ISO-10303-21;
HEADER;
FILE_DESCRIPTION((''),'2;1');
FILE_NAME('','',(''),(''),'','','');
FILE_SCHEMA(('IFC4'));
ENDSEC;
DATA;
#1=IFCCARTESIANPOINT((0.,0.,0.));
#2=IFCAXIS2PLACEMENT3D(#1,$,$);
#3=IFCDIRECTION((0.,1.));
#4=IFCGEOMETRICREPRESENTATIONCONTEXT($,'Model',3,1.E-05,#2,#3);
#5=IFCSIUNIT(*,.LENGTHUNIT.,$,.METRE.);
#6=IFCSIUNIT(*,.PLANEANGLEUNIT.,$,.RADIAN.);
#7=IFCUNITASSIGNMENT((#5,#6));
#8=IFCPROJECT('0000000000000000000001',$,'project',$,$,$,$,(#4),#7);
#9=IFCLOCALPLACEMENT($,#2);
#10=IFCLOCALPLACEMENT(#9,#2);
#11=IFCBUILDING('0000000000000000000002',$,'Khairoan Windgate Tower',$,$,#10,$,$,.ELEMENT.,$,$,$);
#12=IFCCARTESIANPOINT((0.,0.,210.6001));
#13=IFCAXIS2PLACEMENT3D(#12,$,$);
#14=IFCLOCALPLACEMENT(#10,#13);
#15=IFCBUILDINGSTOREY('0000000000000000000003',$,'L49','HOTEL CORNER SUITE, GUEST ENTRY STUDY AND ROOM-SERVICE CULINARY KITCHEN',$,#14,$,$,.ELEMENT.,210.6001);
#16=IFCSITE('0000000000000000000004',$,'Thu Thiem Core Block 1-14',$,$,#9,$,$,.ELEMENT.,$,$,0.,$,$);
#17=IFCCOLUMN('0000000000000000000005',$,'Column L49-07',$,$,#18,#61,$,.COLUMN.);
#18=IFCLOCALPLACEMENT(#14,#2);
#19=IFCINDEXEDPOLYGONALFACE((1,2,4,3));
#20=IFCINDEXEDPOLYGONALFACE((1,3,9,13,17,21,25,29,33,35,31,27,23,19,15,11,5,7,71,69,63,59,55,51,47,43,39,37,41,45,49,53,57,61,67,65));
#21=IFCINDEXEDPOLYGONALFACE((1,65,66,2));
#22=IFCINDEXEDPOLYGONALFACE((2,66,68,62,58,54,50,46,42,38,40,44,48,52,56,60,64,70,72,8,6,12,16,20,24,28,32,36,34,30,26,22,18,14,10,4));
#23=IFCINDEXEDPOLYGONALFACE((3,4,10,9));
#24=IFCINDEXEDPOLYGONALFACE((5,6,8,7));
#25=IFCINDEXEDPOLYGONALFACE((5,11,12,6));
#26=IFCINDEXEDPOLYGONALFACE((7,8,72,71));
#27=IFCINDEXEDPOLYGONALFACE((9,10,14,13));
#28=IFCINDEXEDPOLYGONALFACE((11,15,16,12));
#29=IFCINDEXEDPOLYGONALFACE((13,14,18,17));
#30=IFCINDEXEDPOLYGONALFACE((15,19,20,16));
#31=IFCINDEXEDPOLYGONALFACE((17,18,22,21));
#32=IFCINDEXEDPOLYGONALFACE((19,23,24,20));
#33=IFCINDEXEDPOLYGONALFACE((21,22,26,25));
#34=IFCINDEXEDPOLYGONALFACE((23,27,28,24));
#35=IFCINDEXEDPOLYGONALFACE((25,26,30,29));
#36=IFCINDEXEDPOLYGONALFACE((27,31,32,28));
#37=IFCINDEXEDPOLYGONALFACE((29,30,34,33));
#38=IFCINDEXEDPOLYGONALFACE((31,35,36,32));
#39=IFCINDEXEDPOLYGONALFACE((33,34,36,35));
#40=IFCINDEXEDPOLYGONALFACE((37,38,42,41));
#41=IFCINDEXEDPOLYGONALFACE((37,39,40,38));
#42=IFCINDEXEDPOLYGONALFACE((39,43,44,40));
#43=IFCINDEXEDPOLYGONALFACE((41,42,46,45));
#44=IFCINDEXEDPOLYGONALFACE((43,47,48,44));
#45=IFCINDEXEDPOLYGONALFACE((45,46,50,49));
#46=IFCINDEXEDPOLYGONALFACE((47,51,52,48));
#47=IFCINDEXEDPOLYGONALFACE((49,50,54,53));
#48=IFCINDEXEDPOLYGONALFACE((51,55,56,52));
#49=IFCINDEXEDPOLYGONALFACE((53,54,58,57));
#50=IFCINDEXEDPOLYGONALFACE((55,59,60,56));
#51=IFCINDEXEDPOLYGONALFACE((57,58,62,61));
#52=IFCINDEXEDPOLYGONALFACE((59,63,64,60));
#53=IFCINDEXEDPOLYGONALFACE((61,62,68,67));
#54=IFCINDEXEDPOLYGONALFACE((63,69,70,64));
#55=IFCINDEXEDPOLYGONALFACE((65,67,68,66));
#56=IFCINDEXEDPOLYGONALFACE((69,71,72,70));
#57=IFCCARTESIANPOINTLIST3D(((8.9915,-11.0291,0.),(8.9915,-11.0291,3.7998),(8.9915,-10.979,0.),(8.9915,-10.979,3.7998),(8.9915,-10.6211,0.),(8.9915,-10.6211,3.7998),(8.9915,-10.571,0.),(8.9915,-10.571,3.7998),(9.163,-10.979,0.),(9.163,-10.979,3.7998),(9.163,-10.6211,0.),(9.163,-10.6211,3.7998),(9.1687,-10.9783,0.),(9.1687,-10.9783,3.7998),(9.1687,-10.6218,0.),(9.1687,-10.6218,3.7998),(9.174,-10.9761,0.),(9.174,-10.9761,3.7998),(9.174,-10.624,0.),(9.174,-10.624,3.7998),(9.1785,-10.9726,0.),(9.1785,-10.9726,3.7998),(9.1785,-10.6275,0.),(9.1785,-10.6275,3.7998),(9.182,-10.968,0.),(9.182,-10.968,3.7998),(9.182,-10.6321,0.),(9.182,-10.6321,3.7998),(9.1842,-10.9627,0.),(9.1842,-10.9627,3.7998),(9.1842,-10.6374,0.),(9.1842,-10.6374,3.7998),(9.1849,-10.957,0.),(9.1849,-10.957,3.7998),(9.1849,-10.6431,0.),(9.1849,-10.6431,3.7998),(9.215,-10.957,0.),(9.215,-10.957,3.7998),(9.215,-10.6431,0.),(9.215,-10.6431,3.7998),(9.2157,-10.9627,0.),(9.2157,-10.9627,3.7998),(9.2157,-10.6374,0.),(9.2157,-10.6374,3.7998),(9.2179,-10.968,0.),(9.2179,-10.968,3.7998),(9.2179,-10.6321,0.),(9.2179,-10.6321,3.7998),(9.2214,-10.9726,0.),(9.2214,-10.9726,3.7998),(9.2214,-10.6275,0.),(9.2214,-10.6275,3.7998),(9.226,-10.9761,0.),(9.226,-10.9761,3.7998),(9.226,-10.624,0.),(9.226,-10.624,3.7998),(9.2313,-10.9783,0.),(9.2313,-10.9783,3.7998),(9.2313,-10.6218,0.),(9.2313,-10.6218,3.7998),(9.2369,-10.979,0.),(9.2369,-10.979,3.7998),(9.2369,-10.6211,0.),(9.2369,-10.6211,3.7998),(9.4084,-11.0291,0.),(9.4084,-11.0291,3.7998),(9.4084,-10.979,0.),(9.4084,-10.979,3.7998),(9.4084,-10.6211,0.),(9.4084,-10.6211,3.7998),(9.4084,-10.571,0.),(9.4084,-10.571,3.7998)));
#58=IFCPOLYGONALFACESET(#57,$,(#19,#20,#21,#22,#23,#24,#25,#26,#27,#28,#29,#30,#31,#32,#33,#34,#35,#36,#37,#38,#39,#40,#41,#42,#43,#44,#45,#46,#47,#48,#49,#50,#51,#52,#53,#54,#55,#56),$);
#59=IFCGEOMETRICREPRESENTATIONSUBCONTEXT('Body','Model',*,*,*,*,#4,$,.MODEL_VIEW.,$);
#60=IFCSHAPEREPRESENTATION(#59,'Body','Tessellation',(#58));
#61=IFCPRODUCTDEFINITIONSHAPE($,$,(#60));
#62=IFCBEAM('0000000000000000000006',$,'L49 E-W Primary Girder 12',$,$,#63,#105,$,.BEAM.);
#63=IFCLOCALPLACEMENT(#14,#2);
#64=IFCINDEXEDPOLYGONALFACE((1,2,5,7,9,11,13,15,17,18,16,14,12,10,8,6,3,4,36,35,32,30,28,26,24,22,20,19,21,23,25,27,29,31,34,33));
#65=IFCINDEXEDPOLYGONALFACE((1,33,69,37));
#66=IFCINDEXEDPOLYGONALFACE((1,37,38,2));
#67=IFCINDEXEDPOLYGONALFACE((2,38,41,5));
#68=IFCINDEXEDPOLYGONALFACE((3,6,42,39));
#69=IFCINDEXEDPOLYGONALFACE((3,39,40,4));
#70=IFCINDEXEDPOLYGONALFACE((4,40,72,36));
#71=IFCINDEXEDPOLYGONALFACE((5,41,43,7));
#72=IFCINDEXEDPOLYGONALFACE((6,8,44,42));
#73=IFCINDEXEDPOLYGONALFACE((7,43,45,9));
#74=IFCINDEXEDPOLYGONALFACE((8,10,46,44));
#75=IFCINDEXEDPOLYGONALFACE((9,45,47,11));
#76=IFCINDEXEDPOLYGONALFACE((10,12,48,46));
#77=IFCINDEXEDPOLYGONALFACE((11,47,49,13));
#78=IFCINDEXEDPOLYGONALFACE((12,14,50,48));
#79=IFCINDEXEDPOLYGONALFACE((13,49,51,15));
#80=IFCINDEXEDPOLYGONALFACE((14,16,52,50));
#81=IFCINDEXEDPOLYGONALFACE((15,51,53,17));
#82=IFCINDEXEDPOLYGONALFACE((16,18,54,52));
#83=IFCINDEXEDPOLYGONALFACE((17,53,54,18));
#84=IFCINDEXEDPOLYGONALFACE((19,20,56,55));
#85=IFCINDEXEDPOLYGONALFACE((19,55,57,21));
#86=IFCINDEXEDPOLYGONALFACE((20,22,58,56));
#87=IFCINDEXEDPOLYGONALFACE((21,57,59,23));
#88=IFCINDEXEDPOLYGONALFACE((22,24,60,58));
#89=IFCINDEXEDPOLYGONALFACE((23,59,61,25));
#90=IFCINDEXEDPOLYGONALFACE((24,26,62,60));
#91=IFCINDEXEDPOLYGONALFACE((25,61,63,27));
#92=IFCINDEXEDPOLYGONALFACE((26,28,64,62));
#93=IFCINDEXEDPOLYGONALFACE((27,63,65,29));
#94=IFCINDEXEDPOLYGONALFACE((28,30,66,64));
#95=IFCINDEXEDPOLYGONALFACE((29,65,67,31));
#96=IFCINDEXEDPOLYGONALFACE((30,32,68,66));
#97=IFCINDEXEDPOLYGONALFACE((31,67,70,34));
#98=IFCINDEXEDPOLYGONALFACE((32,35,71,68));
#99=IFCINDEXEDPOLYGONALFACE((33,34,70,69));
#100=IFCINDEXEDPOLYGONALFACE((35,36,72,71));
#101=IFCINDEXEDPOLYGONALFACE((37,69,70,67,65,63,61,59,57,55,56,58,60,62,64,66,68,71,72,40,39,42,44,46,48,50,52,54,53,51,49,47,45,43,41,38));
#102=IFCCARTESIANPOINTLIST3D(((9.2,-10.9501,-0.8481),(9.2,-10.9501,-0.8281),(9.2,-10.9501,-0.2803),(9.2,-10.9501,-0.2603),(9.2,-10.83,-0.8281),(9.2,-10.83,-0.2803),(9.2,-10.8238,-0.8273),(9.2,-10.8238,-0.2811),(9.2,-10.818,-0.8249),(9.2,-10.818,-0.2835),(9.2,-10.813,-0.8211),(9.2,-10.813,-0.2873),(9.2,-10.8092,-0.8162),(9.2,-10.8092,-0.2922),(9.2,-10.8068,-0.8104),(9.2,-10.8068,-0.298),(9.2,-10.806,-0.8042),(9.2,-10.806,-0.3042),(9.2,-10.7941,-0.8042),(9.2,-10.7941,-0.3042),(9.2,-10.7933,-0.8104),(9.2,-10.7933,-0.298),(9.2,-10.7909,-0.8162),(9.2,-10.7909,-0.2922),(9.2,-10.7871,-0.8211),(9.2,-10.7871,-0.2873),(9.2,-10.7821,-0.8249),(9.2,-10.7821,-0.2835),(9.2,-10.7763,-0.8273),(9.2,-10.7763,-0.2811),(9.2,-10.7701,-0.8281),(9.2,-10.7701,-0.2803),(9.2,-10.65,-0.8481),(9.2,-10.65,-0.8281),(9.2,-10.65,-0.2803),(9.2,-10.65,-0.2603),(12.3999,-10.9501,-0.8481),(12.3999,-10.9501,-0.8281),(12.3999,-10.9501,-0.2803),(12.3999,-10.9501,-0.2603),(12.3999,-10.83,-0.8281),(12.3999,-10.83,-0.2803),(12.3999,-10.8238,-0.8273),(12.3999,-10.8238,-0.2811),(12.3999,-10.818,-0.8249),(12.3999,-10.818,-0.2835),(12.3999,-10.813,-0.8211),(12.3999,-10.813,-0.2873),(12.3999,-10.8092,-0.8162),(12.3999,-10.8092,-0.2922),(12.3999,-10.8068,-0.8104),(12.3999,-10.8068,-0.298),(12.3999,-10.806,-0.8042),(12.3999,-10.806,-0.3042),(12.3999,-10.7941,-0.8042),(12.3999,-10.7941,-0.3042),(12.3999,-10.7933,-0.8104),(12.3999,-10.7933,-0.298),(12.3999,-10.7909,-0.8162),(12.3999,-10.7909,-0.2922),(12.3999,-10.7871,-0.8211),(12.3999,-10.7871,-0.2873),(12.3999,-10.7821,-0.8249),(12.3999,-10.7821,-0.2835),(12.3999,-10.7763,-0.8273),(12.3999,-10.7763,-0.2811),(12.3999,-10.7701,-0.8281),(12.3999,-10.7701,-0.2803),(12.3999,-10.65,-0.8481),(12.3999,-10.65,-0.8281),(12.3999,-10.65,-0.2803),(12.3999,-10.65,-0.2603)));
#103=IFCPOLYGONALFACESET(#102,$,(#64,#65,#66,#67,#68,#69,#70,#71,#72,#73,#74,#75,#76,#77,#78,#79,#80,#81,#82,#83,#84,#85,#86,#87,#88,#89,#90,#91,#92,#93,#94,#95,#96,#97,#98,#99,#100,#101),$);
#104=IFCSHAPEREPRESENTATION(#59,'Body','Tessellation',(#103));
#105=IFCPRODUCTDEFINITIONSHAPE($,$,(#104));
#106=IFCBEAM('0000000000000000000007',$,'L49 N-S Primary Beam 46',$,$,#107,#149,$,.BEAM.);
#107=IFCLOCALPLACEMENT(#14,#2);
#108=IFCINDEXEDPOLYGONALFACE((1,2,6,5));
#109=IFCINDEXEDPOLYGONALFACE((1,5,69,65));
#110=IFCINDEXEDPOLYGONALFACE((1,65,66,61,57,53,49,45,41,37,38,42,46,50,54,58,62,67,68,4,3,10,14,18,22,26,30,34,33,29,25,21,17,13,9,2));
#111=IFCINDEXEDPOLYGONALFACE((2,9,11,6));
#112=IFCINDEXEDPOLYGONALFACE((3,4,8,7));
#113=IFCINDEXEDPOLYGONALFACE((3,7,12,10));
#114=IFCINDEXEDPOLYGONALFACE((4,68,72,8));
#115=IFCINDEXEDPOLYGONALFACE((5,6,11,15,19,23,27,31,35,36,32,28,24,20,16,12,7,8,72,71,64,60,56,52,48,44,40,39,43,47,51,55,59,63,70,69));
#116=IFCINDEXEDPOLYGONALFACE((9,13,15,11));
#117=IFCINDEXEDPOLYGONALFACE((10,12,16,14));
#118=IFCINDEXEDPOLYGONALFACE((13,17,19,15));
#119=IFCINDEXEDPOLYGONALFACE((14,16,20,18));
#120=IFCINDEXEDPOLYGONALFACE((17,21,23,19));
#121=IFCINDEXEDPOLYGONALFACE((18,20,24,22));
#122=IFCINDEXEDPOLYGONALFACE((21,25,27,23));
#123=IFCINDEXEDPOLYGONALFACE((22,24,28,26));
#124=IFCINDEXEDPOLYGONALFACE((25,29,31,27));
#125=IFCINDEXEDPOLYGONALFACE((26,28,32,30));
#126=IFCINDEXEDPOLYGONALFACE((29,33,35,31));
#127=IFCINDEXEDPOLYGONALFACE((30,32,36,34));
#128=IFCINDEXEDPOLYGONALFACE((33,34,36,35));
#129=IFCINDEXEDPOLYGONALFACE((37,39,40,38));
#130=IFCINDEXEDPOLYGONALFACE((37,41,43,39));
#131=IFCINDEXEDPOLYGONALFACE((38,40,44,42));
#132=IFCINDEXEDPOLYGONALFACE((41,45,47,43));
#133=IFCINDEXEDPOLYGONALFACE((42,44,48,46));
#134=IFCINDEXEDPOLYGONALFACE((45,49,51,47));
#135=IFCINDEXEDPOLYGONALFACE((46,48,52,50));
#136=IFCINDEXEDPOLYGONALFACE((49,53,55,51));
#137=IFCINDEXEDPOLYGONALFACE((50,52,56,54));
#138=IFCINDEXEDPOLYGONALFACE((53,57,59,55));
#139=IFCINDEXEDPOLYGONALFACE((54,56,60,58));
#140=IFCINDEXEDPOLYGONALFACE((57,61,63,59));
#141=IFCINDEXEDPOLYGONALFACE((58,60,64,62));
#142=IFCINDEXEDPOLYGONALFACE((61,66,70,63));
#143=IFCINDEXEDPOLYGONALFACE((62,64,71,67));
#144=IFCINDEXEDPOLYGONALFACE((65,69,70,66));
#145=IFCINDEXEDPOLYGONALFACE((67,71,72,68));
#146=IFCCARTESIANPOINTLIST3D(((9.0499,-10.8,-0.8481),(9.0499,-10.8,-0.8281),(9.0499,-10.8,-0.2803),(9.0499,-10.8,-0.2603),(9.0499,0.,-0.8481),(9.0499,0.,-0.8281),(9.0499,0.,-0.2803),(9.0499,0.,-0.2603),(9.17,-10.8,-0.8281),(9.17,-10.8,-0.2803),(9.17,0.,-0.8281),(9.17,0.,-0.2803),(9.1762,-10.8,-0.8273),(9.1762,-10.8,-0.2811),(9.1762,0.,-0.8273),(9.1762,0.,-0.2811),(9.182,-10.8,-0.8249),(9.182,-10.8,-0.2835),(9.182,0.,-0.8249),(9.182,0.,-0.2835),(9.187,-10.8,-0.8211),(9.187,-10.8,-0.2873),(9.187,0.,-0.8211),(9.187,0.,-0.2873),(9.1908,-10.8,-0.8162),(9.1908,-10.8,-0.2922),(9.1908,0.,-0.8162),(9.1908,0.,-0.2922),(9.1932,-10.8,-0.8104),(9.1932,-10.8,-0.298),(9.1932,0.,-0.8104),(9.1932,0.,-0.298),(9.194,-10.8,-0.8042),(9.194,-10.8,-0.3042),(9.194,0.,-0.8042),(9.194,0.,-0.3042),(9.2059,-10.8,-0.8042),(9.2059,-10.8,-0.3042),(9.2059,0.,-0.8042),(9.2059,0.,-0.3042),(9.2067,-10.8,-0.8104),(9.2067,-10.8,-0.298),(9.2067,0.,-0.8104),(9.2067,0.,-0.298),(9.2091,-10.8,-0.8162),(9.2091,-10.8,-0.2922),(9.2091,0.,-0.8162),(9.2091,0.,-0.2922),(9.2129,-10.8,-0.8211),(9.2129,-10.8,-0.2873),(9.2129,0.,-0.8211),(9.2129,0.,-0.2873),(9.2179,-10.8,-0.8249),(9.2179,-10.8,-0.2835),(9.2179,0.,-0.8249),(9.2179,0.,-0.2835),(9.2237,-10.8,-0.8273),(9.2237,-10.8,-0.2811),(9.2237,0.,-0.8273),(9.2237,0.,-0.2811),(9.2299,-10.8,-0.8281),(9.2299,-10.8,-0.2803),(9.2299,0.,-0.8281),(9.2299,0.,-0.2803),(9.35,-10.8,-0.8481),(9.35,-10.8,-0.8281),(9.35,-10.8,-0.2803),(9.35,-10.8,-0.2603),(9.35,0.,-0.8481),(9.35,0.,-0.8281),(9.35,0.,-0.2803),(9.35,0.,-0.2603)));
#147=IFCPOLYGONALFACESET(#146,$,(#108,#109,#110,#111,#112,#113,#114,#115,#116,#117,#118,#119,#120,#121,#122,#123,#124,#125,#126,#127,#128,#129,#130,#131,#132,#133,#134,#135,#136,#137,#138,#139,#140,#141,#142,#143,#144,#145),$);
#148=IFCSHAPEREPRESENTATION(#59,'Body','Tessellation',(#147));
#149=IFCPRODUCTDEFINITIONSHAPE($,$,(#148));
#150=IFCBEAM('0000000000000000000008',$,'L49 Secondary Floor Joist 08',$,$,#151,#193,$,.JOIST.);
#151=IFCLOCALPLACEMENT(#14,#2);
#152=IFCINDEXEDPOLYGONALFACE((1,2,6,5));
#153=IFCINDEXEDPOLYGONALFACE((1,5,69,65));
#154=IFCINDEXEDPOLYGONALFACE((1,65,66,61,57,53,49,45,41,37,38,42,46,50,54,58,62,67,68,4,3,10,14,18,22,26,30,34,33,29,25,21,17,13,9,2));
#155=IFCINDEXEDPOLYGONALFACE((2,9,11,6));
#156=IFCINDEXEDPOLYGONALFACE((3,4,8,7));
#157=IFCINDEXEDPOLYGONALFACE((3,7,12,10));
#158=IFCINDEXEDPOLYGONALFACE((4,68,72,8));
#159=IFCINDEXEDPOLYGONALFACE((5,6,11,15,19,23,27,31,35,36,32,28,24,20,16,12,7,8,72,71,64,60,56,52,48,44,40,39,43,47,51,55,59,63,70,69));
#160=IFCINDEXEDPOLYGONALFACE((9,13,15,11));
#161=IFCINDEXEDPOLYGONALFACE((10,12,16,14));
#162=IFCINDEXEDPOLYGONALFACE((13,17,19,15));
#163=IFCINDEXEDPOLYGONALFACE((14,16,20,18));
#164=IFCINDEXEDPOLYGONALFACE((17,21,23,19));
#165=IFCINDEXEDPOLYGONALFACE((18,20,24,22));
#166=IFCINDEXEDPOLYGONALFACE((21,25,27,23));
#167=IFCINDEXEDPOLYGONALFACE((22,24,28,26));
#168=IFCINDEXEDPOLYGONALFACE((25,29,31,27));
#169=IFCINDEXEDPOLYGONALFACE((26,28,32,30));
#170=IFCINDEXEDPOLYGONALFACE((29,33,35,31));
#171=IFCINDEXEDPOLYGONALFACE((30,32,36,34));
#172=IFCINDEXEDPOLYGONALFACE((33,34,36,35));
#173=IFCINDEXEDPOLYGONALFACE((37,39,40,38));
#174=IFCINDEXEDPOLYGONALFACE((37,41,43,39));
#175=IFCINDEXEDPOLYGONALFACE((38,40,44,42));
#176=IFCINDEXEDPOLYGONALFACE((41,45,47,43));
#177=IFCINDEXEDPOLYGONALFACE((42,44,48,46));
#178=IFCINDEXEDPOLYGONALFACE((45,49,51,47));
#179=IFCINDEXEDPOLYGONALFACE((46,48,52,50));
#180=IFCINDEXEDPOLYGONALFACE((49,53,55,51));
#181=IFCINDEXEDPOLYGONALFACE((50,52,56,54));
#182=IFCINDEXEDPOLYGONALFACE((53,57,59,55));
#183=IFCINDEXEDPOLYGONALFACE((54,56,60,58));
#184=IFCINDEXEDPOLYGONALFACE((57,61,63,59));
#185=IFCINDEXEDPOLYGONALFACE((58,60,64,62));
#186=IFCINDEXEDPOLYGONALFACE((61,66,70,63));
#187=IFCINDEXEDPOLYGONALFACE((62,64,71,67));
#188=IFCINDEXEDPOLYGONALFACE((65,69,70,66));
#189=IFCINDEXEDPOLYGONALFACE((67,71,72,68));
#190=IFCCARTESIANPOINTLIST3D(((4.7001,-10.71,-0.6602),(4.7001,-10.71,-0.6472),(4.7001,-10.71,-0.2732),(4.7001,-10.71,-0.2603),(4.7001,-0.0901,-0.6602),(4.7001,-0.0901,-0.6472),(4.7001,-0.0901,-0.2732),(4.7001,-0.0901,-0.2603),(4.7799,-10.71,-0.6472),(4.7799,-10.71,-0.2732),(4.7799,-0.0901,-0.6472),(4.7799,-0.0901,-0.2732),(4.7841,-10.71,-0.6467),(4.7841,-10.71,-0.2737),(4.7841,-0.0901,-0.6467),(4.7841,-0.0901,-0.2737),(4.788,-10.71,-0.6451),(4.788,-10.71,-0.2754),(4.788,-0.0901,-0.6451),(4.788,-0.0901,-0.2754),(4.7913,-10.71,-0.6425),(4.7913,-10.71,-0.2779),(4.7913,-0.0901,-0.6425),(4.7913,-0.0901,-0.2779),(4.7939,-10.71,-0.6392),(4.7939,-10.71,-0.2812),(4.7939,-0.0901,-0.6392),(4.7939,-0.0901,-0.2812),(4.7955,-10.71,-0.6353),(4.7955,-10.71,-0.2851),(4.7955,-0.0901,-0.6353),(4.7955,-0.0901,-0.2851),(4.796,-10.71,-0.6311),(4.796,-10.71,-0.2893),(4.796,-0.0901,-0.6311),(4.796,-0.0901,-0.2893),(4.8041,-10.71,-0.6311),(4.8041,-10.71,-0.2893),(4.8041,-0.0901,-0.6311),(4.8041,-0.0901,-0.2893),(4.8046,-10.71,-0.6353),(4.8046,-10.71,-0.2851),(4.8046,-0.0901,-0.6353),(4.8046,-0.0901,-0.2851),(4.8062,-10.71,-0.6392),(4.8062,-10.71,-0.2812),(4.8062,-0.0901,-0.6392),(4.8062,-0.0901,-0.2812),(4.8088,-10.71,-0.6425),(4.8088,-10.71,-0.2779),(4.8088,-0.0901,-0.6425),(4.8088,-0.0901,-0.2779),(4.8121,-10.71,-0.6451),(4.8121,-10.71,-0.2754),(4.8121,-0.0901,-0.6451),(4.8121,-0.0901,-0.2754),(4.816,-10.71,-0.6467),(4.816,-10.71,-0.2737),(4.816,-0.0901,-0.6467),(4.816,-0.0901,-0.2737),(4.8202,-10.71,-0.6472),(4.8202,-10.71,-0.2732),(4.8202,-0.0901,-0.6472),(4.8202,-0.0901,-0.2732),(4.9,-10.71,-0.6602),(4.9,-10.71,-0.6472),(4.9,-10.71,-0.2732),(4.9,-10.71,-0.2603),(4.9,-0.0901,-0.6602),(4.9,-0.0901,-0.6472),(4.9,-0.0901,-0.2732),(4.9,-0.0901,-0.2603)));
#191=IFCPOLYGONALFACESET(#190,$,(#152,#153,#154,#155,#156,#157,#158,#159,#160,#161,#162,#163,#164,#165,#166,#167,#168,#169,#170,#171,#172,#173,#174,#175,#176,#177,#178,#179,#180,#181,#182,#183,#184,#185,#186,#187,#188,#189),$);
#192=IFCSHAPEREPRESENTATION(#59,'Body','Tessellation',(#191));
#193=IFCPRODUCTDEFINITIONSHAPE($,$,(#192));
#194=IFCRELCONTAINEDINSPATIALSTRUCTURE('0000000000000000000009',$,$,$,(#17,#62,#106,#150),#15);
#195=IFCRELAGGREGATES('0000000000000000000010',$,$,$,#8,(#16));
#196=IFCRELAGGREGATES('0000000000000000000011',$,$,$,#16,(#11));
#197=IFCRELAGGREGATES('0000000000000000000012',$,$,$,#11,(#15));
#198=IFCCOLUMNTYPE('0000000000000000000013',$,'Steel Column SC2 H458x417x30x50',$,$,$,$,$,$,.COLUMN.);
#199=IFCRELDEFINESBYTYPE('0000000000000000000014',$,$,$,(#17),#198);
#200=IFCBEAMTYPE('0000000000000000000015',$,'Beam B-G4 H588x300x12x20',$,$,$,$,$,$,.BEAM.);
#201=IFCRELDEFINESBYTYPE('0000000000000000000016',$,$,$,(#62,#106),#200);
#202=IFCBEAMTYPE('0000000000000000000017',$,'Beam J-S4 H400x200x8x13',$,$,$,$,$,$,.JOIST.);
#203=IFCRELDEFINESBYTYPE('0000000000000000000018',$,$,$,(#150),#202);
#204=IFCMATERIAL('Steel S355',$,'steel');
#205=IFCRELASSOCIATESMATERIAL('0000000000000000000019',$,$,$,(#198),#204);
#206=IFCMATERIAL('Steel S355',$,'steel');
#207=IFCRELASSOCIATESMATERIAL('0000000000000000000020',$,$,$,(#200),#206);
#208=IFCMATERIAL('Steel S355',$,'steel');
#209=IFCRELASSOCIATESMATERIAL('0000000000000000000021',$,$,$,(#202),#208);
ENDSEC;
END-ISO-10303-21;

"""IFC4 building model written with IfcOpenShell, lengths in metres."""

from ifc_helpers import new_model, si_unit, direction, frame, origin, origin_2d, place, context, subcontext, project, spatial, i_section, extrude, material, material_profile, profile_set, type_object, element, save


model = new_model("IFC4")

# Units and contexts
model_context = context("Model", 3, precision=1e-05, world=origin(), true_north=direction((0.0, 1.0)))
body_context = subcontext(model_context, "Body", "Model", "MODEL_VIEW")
ifc_project = project(units=[si_unit("LENGTHUNIT", "METRE"), si_unit("PLANEANGLEUNIT", "RADIAN")], contexts=[model_context])

# Site, building, storey
site_placement = place(None, origin())
site = spatial("IfcSite", under=ifc_project, at=site_placement, Name="Thu Thiem Core Block 1-14", CompositionType="ELEMENT", RefElevation=0.0)
building_placement = place(site_placement, origin())
building = spatial("IfcBuilding", under=site, at=building_placement, Name="Khairoan Windgate Tower", CompositionType="ELEMENT")
storey_placement = place(building_placement, frame((0.0, 0.0, 210.6001)))
storey = spatial("IfcBuildingStorey", under=building, at=storey_placement, Name="L49", Description="HOTEL CORNER SUITE, GUEST ENTRY STUDY AND ROOM-SERVICE CULINARY KITCHEN", CompositionType="ELEMENT", Elevation=210.6001)

# Column
ifc_material_1 = material(Name="Steel S355", Category="steel")
ifc_material_profile_1 = material_profile(ifc_material_1, i_section(OverallWidth=0.417, OverallDepth=0.458, WebThickness=0.03, FlangeThickness=0.05, FilletRadius=0.022, at=origin_2d()))
ifc_profile_set_1 = profile_set([ifc_material_profile_1], Name="Steel S355")
column_type = type_object("IfcColumnType", Name="Steel Column SC2 H458x417x30x50", PredefinedType="COLUMN", material=ifc_profile_set_1)
column_placement = place(storey_placement, frame((9.2, -10.8, 0.0), z_axis=(0.0, 0.0, 1.0), x_axis=(1.0, 0.0, 0.0)))
element("IfcColumn", 1, at=column_placement, inside=storey, type_object=column_type, Name="Column L49-07", PredefinedType="COLUMN", context=body_context, shape_type="SweptSolid", body=[
    extrude(i_section(OverallWidth=0.417, OverallDepth=0.458, WebThickness=0.03, FlangeThickness=0.05, FilletRadius=0.022, at=origin_2d()), origin(), (0.0, 0.0, 1.0), 3.7998),
])

# Beams
ifc_material_2 = material(Name="Steel S355", Category="steel")
ifc_material_profile_2 = material_profile(ifc_material_2, i_section(OverallWidth=0.3, OverallDepth=0.5879, WebThickness=0.012, FlangeThickness=0.02, FilletRadius=0.0239, at=origin_2d()))
ifc_profile_set_2 = profile_set([ifc_material_profile_2], Name="Steel S355")
beam_type_1 = type_object("IfcBeamType", Name="Beam B-G4 H588x300x12x20", PredefinedType="BEAM", material=ifc_profile_set_2)
beam_1_placement = place(storey_placement, frame((9.2, -10.8, -0.5542), z_axis=(1.0, 0.0, 0.0), x_axis=(0.0, 1.0, 0.0)))
element("IfcBeam", 2, at=beam_1_placement, inside=storey, type_object=beam_type_1, Name="L49 E-W Primary Girder 12", PredefinedType="BEAM", context=body_context, shape_type="SweptSolid", body=[
    extrude(i_section(OverallWidth=0.3, OverallDepth=0.5879, WebThickness=0.012, FlangeThickness=0.02, FilletRadius=0.0239, at=origin_2d()), origin(), (0.0, 0.0, 1.0), 3.2),
])
beam_2_placement = place(storey_placement, frame((9.2, -10.8, -0.5542), z_axis=(0.0, 1.0, 0.0), x_axis=(-1.0, 0.0, 0.0)))
element("IfcBeam", 3, at=beam_2_placement, inside=storey, type_object=beam_type_1, Name="L49 N-S Primary Beam 46", PredefinedType="BEAM", context=body_context, shape_type="SweptSolid", body=[
    extrude(i_section(OverallWidth=0.3, OverallDepth=0.5879, WebThickness=0.012, FlangeThickness=0.02, FilletRadius=0.0239, at=origin_2d()), origin(), (0.0, 0.0, 1.0), 10.8),
])
ifc_material_3 = material(Name="Steel S355", Category="steel")
ifc_material_profile_3 = material_profile(ifc_material_3, i_section(OverallWidth=0.2, OverallDepth=0.3999, WebThickness=0.0081, FlangeThickness=0.0129, FilletRadius=0.0161, at=origin_2d()))
ifc_profile_set_3 = profile_set([ifc_material_profile_3], Name="Steel S355")
beam_type_2 = type_object("IfcBeamType", Name="Beam J-S4 H400x200x8x13", PredefinedType="JOIST", material=ifc_profile_set_3)
beam_3_placement = place(storey_placement, frame((4.8, -10.71, -0.4602), z_axis=(0.0, 1.0, 0.0), x_axis=(-1.0, 0.0, 0.0)))
element("IfcBeam", 4, at=beam_3_placement, inside=storey, type_object=beam_type_2, Name="L49 Secondary Floor Joist 08", PredefinedType="JOIST", context=body_context, shape_type="SweptSolid", body=[
    extrude(i_section(OverallWidth=0.2, OverallDepth=0.3999, WebThickness=0.0081, FlangeThickness=0.0129, FilletRadius=0.0161, at=origin_2d()), origin(), (0.0, 0.0, 1.0), 10.6199),
])

save(model, "model.ifc")
